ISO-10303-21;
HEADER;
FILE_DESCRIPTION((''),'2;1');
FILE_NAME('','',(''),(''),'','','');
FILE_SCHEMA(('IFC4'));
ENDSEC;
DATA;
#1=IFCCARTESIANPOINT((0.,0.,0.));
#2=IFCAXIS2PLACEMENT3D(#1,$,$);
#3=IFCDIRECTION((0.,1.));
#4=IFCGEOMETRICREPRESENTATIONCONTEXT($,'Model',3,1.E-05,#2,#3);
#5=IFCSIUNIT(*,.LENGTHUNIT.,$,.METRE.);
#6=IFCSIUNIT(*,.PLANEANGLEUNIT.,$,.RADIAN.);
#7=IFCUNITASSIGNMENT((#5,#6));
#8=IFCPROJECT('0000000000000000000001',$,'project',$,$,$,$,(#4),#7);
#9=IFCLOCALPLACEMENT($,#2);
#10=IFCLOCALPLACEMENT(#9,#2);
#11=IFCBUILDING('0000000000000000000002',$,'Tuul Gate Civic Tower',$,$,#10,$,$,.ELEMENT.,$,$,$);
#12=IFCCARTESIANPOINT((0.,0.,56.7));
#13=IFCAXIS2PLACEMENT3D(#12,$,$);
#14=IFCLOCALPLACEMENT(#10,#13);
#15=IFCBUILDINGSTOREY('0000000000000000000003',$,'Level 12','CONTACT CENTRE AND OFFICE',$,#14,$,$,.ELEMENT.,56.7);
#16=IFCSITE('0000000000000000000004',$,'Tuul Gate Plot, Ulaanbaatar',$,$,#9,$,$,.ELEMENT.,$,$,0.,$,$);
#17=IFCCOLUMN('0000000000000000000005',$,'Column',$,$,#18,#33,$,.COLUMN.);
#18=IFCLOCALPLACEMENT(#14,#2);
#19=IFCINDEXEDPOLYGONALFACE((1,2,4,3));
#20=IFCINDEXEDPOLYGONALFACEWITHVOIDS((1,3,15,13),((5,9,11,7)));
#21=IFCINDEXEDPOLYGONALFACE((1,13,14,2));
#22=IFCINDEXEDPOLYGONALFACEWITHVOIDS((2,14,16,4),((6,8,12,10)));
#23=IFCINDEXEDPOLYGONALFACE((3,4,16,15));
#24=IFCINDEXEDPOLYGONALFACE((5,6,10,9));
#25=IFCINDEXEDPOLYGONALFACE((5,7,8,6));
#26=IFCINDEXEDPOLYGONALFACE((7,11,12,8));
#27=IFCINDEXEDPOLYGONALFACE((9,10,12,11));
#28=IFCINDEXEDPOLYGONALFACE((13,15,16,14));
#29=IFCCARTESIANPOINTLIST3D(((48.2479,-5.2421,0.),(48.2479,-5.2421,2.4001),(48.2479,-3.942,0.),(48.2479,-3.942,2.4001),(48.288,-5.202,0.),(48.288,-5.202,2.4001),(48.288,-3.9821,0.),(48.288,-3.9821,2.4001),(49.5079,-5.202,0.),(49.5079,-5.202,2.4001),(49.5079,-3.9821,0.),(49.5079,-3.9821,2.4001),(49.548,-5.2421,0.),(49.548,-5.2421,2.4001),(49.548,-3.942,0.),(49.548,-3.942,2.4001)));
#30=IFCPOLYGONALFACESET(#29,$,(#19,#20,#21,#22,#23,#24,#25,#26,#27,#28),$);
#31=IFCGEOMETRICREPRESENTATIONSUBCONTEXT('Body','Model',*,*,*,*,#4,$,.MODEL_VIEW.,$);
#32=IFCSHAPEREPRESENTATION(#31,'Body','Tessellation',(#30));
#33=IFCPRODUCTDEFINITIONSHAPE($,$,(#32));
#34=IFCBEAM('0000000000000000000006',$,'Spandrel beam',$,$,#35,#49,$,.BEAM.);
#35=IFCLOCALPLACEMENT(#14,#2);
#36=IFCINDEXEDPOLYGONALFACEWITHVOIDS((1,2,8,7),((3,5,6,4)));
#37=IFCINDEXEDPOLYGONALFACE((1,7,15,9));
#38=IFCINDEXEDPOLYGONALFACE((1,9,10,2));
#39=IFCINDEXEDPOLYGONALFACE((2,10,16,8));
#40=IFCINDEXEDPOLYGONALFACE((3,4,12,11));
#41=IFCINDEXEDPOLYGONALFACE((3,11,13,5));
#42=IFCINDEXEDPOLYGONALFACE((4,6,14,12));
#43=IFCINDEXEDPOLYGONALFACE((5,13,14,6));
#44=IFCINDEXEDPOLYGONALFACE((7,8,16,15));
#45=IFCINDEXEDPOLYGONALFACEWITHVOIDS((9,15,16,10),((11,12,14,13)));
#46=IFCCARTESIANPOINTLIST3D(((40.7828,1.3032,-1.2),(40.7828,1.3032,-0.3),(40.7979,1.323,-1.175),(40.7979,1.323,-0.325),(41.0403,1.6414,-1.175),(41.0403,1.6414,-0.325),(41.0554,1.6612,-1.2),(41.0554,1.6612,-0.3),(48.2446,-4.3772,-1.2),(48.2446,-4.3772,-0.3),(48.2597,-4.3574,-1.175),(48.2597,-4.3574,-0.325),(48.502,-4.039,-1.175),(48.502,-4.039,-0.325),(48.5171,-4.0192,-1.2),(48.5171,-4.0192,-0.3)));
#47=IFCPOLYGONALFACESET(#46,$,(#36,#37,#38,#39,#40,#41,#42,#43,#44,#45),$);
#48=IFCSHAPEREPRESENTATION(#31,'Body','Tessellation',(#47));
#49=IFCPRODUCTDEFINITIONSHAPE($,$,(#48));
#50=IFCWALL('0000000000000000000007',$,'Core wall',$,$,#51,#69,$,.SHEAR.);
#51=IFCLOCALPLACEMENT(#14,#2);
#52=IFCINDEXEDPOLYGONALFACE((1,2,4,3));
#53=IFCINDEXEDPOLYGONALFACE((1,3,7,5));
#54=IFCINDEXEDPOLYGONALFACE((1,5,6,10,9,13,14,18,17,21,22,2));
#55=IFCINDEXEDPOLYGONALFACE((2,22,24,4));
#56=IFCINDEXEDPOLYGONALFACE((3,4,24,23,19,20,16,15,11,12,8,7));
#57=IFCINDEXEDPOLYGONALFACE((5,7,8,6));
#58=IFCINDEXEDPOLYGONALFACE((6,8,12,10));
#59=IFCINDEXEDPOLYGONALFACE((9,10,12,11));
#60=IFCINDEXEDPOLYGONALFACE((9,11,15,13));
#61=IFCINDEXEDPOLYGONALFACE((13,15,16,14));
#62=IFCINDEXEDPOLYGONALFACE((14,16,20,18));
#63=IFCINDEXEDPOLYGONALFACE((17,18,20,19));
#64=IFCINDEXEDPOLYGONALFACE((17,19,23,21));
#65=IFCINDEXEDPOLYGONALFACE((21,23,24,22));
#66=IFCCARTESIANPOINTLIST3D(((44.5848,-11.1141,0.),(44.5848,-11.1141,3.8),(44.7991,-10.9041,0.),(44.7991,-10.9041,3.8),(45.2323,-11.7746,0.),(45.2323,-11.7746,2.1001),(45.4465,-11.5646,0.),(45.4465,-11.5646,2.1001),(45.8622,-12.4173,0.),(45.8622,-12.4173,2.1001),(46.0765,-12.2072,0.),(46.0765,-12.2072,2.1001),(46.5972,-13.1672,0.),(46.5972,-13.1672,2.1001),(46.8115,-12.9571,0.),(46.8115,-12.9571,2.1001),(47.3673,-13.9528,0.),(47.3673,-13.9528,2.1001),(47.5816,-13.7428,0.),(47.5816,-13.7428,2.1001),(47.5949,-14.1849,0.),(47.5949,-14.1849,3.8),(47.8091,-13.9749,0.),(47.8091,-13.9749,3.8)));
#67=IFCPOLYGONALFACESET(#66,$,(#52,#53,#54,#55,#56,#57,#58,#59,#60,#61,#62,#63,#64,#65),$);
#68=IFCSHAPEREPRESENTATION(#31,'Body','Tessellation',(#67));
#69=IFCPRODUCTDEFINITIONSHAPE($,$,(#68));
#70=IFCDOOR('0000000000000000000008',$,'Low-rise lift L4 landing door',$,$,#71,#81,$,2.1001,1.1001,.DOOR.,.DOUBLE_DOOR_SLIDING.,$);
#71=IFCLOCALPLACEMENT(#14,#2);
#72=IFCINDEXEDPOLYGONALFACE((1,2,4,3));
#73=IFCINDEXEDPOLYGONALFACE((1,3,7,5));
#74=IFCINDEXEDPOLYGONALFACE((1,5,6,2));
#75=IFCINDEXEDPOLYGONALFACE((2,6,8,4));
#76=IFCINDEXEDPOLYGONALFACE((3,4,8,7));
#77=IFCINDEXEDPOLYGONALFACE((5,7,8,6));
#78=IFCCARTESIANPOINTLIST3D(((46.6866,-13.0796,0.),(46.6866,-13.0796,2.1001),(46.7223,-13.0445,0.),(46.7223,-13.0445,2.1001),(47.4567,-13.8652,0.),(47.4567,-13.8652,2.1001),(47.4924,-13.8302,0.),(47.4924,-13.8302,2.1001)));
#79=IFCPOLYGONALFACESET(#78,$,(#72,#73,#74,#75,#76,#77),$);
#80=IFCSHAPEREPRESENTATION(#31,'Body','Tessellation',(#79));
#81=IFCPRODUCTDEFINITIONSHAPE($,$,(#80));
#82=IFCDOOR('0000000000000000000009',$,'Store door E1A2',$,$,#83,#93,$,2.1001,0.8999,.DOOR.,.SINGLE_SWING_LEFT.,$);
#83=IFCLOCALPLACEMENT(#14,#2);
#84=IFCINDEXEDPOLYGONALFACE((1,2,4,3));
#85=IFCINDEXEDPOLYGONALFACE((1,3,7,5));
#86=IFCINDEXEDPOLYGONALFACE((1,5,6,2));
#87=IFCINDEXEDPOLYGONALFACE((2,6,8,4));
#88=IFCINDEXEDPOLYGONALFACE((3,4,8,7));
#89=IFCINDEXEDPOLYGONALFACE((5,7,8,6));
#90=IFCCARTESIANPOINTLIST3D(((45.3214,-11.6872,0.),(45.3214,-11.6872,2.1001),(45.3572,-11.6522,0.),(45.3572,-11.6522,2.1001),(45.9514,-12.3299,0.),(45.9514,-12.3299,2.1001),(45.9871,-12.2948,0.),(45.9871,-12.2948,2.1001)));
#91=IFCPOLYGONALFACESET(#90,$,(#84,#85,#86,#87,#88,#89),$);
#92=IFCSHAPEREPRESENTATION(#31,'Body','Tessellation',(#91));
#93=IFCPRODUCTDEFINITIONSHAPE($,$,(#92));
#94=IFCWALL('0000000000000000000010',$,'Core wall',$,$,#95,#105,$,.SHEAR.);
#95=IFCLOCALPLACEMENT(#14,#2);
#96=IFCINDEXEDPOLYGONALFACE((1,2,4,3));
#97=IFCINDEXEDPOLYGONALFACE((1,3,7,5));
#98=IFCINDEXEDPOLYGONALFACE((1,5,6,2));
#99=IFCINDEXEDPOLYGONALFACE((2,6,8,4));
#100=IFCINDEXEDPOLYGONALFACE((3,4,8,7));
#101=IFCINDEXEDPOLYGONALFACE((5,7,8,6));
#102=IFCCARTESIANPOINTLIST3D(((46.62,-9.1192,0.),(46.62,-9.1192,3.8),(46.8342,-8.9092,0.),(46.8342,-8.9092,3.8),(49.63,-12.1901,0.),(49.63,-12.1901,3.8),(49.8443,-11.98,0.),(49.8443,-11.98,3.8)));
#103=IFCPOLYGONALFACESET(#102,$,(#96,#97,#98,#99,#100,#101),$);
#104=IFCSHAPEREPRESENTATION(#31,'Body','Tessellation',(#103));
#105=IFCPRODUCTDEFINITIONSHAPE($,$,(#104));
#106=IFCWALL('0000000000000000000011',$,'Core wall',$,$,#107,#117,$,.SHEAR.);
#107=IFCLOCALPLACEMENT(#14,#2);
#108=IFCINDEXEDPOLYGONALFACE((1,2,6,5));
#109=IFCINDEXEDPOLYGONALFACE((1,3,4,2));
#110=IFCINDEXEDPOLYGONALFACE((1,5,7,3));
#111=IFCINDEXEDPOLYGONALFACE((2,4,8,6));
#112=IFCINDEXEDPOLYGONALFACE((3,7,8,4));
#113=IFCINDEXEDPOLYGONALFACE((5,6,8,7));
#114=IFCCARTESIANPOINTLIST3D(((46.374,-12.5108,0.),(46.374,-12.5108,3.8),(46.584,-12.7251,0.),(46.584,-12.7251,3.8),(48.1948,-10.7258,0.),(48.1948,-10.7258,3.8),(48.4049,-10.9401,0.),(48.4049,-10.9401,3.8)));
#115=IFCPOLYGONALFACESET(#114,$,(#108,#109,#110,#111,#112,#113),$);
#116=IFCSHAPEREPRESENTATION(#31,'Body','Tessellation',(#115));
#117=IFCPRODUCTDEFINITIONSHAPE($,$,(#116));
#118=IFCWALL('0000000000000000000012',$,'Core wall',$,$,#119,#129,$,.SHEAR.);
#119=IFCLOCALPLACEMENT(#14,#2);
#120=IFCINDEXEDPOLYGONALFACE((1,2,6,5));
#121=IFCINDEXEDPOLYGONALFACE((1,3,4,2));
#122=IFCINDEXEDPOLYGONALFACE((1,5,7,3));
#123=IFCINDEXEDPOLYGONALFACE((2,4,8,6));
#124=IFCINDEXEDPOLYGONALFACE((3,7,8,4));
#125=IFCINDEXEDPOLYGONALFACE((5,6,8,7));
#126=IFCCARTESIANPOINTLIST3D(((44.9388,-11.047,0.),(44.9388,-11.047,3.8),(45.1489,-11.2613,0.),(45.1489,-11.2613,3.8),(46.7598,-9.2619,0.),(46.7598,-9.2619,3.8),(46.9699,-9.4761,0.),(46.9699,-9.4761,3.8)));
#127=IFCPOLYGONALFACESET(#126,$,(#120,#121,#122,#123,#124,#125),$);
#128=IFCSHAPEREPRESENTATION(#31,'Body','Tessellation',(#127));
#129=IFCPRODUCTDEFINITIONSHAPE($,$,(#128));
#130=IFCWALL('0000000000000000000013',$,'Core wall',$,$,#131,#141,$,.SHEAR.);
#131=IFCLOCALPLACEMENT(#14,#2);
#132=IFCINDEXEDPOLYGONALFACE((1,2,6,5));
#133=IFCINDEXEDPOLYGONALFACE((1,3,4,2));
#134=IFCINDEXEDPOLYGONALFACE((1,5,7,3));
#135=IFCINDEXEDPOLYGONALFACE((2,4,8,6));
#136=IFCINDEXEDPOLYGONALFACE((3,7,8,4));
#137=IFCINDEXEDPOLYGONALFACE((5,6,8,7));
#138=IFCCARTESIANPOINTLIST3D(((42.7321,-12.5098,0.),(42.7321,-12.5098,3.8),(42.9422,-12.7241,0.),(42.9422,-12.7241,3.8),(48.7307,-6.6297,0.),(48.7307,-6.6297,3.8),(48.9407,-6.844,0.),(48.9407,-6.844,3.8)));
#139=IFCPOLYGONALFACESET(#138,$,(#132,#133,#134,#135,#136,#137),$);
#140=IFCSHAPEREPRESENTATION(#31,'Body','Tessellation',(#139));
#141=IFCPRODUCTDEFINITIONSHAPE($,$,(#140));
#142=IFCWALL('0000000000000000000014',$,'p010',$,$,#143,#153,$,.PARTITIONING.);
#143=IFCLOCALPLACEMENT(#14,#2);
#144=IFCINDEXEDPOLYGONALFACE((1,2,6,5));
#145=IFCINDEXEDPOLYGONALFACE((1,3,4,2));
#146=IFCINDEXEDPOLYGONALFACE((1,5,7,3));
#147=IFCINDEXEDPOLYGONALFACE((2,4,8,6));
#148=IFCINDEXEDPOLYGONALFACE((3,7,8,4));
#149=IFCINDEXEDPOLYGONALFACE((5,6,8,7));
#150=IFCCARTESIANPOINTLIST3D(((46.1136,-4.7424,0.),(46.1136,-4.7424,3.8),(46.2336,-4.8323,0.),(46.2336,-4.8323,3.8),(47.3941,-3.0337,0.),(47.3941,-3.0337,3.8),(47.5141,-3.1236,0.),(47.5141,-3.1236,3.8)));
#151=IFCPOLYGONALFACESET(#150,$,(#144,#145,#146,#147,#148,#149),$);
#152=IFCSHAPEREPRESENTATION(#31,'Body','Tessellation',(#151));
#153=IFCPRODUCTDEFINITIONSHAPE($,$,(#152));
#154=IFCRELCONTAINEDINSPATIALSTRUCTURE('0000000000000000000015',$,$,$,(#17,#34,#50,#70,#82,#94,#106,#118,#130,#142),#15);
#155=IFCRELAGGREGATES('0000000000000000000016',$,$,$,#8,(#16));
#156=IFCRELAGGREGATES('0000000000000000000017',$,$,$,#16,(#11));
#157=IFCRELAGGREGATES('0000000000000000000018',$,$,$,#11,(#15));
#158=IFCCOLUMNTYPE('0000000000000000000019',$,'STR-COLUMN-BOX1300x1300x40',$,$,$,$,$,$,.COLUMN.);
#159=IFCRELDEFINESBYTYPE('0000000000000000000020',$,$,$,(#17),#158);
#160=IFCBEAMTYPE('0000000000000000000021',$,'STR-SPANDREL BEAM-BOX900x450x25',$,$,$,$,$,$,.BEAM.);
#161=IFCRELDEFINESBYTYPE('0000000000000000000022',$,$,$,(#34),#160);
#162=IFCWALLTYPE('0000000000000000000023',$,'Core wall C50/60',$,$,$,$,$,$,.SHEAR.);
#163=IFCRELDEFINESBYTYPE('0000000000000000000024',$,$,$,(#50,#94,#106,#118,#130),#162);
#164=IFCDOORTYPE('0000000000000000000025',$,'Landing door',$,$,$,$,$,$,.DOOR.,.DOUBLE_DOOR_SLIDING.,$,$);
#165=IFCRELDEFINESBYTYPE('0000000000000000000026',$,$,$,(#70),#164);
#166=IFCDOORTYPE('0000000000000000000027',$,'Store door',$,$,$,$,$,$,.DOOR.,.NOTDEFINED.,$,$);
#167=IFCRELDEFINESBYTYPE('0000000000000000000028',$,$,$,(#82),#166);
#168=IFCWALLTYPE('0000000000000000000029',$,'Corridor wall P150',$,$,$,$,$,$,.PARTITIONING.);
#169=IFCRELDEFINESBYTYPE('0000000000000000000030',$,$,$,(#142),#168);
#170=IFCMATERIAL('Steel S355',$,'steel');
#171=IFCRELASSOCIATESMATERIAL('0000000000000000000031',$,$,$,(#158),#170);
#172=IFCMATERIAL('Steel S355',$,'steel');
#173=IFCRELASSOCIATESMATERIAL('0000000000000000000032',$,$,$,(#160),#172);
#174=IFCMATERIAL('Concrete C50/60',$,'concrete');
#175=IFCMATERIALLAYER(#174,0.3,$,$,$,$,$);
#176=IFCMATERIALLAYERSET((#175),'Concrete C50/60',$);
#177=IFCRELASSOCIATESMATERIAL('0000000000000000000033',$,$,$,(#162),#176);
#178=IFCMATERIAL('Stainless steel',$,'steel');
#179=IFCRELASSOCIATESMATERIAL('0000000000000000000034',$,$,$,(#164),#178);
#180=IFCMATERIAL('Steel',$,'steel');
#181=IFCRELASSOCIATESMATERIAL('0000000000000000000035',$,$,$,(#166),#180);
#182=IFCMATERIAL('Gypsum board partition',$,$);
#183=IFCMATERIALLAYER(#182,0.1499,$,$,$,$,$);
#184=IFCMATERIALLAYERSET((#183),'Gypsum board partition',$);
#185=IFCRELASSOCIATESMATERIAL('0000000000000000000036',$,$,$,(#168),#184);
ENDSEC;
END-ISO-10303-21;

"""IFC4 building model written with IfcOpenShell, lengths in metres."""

from ifc_helpers import new_model, si_unit, direction, frame, frame_2d, origin, origin_2d, place, context, subcontext, project, spatial, rectangle, hollow_rectangle, extrude, material, layer, layer_set, material_profile, profile_set, type_object, element, fill, save


model = new_model("IFC4")

# Units and contexts
model_context = context("Model", 3, precision=1e-05, world=origin(), true_north=direction((0.0, 1.0)))
body_context = subcontext(model_context, "Body", "Model", "MODEL_VIEW")
ifc_project = project(units=[si_unit("LENGTHUNIT", "METRE"), si_unit("PLANEANGLEUNIT", "RADIAN")], contexts=[model_context])

# Site, building, storey
site_placement = place(None, origin())
site = spatial("IfcSite", under=ifc_project, at=site_placement, Name="Tuul Gate Plot, Ulaanbaatar", CompositionType="ELEMENT", RefElevation=0.0)
building_placement = place(site_placement, origin())
building = spatial("IfcBuilding", under=site, at=building_placement, Name="Tuul Gate Civic Tower", CompositionType="ELEMENT")
storey_placement = place(building_placement, frame((0.0, 0.0, 56.7)))
storey = spatial("IfcBuildingStorey", under=building, at=storey_placement, Name="Level 12", Description="CONTACT CENTRE AND OFFICE", CompositionType="ELEMENT", Elevation=56.7)

# Column
ifc_material_1 = material(Name="Steel S355", Category="steel")
ifc_material_profile_1 = material_profile(ifc_material_1, hollow_rectangle(XDim=1.3, YDim=1.3, WallThickness=0.04, at=origin_2d()), Name="BOX1300x1300x40")
ifc_profile_set_1 = profile_set([ifc_material_profile_1], Name="Steel S355")
column_type = type_object("IfcColumnType", Name="STR-COLUMN-BOX1300x1300x40", PredefinedType="COLUMN", material=ifc_profile_set_1)
column_placement = place(storey_placement, frame((48.8979, -4.592, 0.0), z_axis=(0.0, 0.0, 1.0), x_axis=(1.0, 0.0, 0.0)))
element("IfcColumn", 1, at=column_placement, inside=storey, type_object=column_type, Name="Column", PredefinedType="COLUMN", context=body_context, shape_type="SweptSolid", body=[
    extrude(hollow_rectangle(XDim=1.3, YDim=1.3, WallThickness=0.04, at=origin_2d()), origin(), (0.0, 0.0, 1.0), 2.4001),
])

# Beam
ifc_material_2 = material(Name="Steel S355", Category="steel")
ifc_material_profile_2 = material_profile(ifc_material_2, hollow_rectangle(XDim=0.45, YDim=0.8999, WallThickness=0.0249, at=origin_2d()), Name="BOX900x450x25")
ifc_profile_set_2 = profile_set([ifc_material_profile_2], Name="Steel S355")
beam_type = type_object("IfcBeamType", Name="STR-SPANDREL BEAM-BOX900x450x25", PredefinedType="BEAM", material=ifc_profile_set_2)
beam_placement = place(storey_placement, frame((48.3809, -4.1982, -0.75), z_axis=(-0.795671, 0.605729, 0.0), x_axis=(-0.605729, -0.795671, 0.0)))
element("IfcBeam", 2, at=beam_placement, inside=storey, type_object=beam_type, Name="Spandrel beam", PredefinedType="BEAM", context=body_context, shape_type="SweptSolid", body=[
    extrude(hollow_rectangle(XDim=0.45, YDim=0.8999, WallThickness=0.0249, at=origin_2d()), origin(), (0.0, 0.0, 1.0), 9.3779),
])

# Wall, openings, doors
ifc_material_3 = material(Name="Concrete C50/60", Category="concrete")
ifc_layer_1 = layer(ifc_material_3, 0.3)
ifc_layer_set_1 = layer_set([ifc_layer_1], Name="Concrete C50/60")
wall_type_1 = type_object("IfcWallType", Name="Core wall C50/60", PredefinedType="SHEAR", material=ifc_layer_set_1)
wall_1_placement = place(storey_placement, frame((47.7019, -14.0798, 0.0), z_axis=(0.0, 0.0, 1.0), x_axis=(-0.700003, 0.71414, 0.0)))
wall_1 = element("IfcWall", 3, at=wall_1_placement, inside=storey, type_object=wall_type_1, Name="Core wall", PredefinedType="SHEAR", context=body_context, shape_type="SweptSolid", body=[
    extrude(rectangle(XDim=4.3, YDim=0.3, at=frame_2d((2.1499, 0.0))), origin(), (0.0, 0.0, 1.0), 3.8),
])
opening_1_placement = place(wall_1_placement, frame((0.325, 0.0, 0.0)))
opening_1 = element("IfcOpeningElement", 4, at=opening_1_placement, cuts=wall_1, PredefinedType="OPENING", context=body_context, shape_type="SweptSolid", body=[
    extrude(rectangle(XDim=1.1001, YDim=2.1001, at=frame_2d((0.55, 1.05))), frame((0.0, 0.1602, 0.0), z_axis=(0.0, -1.0, 0.0), x_axis=(1.0, 0.0, 0.0)), (0.0, 0.0, 1.0), 0.3201),
])
opening_2_placement = place(wall_1_placement, frame((2.4751, 0.0, 0.0)))
opening_2 = element("IfcOpeningElement", 5, at=opening_2_placement, cuts=wall_1, PredefinedType="OPENING", context=body_context, shape_type="SweptSolid", body=[
    extrude(rectangle(XDim=0.8999, YDim=2.1001, at=frame_2d((0.45, 1.05))), frame((0.0, 0.1602, 0.0), z_axis=(0.0, -1.0, 0.0), x_axis=(1.0, 0.0, 0.0)), (0.0, 0.0, 1.0), 0.3201),
])
ifc_material_4 = material(Name="Stainless steel", Category="steel")
door_type_1 = type_object("IfcDoorType", Name="Landing door", OperationType="DOUBLE_DOOR_SLIDING", PredefinedType="DOOR", material=ifc_material_4)
door_1_placement = place(opening_1_placement, origin())
door_1 = element("IfcDoor", 6, at=door_1_placement, inside=storey, type_object=door_type_1, Name="Low-rise lift L4 landing door", OperationType="DOUBLE_DOOR_SLIDING", OverallHeight=2.1001, OverallWidth=1.1001, PredefinedType="DOOR", context=body_context, shape_type="SweptSolid", body=[
    extrude(rectangle(XDim=1.1001, YDim=2.1001, at=frame_2d((0.55, 1.05))), frame((0.0, 0.0249, 0.0), z_axis=(0.0, -1.0, 0.0), x_axis=(1.0, 0.0, 0.0)), (0.0, 0.0, 1.0), 0.05),
])
fill(opening_1, door_1)
ifc_material_5 = material(Name="Steel", Category="steel")
door_type_2 = type_object("IfcDoorType", Name="Store door", OperationType="NOTDEFINED", PredefinedType="DOOR", material=ifc_material_5)
door_2_placement = place(opening_2_placement, frame((0.8999, 0.0, 0.0), z_axis=(0.0, 0.0, 1.0), x_axis=(-1.0, 0.0, 0.0)))
door_2 = element("IfcDoor", 7, at=door_2_placement, inside=storey, type_object=door_type_2, Name="Store door E1A2", OperationType="SINGLE_SWING_LEFT", OverallHeight=2.1001, OverallWidth=0.8999, PredefinedType="DOOR", context=body_context, shape_type="SweptSolid", body=[
    extrude(rectangle(XDim=0.8999, YDim=2.1001, at=frame_2d((0.45, 1.05))), frame((0.0, 0.0249, 0.0), z_axis=(0.0, -1.0, 0.0), x_axis=(1.0, 0.0, 0.0)), (0.0, 0.0, 1.0), 0.05),
])
fill(opening_2, door_2)

# Walls
wall_2_placement = place(storey_placement, frame((49.7371, -12.085, 0.0), z_axis=(0.0, 0.0, 1.0), x_axis=(-0.700003, 0.71414, 0.0)))
element("IfcWall", 8, at=wall_2_placement, inside=storey, type_object=wall_type_1, Name="Core wall", PredefinedType="SHEAR", context=body_context, shape_type="SweptSolid", body=[
    extrude(rectangle(XDim=4.3, YDim=0.3, at=frame_2d((2.1499, 0.0))), origin(), (0.0, 0.0, 1.0), 3.8),
])
wall_3_placement = place(storey_placement, frame((46.479, -12.6179, 0.0), z_axis=(0.0, 0.0, 1.0), x_axis=(0.714109, 0.700034, 0.0)))
element("IfcWall", 9, at=wall_3_placement, inside=storey, type_object=wall_type_1, Name="Core wall", PredefinedType="SHEAR", context=body_context, shape_type="SweptSolid", body=[
    extrude(rectangle(XDim=2.5498, YDim=0.3, at=frame_2d((1.2749, 0.0))), origin(), (0.0, 0.0, 1.0), 3.8),
])
wall_4_placement = place(storey_placement, frame((45.0439, -11.1541, 0.0), z_axis=(0.0, 0.0, 1.0), x_axis=(0.714108, 0.700035, 0.0)))
element("IfcWall", 10, at=wall_4_placement, inside=storey, type_object=wall_type_1, Name="Core wall", PredefinedType="SHEAR", context=body_context, shape_type="SweptSolid", body=[
    extrude(rectangle(XDim=2.55, YDim=0.3, at=frame_2d((1.2749, 0.0))), origin(), (0.0, 0.0, 1.0), 3.8),
])
wall_5_placement = place(storey_placement, frame((42.8372, -12.6169, 0.0), z_axis=(0.0, 0.0, 1.0), x_axis=(0.71412, 0.700023, 0.0)))
element("IfcWall", 11, at=wall_5_placement, inside=storey, type_object=wall_type_1, Name="Core wall", PredefinedType="SHEAR", context=body_context, shape_type="SweptSolid", body=[
    extrude(rectangle(XDim=8.3999, YDim=0.3, at=frame_2d((4.2, 0.0))), origin(), (0.0, 0.0, 1.0), 3.8),
])
ifc_material_6 = material(Name="Gypsum board partition")
ifc_layer_2 = layer(ifc_material_6, 0.1499)
ifc_layer_set_2 = layer_set([ifc_layer_2], Name="Gypsum board partition")
wall_type_2 = type_object("IfcWallType", Name="Corridor wall P150", PredefinedType="PARTITIONING", material=ifc_layer_set_2)
wall_6_placement = place(storey_placement, frame((46.1736, -4.7874, 0.0), z_axis=(0.0, 0.0, 1.0), x_axis=(0.599689, 0.800233, 0.0)))
element("IfcWall", 12, at=wall_6_placement, inside=storey, type_object=wall_type_2, Name="p010", PredefinedType="PARTITIONING", context=body_context, shape_type="SweptSolid", body=[
    extrude(rectangle(XDim=2.1353, YDim=0.1499, at=frame_2d((1.0676, 0.0))), origin(), (0.0, 0.0, 1.0), 3.8),
])

save(model, "model.ifc")
